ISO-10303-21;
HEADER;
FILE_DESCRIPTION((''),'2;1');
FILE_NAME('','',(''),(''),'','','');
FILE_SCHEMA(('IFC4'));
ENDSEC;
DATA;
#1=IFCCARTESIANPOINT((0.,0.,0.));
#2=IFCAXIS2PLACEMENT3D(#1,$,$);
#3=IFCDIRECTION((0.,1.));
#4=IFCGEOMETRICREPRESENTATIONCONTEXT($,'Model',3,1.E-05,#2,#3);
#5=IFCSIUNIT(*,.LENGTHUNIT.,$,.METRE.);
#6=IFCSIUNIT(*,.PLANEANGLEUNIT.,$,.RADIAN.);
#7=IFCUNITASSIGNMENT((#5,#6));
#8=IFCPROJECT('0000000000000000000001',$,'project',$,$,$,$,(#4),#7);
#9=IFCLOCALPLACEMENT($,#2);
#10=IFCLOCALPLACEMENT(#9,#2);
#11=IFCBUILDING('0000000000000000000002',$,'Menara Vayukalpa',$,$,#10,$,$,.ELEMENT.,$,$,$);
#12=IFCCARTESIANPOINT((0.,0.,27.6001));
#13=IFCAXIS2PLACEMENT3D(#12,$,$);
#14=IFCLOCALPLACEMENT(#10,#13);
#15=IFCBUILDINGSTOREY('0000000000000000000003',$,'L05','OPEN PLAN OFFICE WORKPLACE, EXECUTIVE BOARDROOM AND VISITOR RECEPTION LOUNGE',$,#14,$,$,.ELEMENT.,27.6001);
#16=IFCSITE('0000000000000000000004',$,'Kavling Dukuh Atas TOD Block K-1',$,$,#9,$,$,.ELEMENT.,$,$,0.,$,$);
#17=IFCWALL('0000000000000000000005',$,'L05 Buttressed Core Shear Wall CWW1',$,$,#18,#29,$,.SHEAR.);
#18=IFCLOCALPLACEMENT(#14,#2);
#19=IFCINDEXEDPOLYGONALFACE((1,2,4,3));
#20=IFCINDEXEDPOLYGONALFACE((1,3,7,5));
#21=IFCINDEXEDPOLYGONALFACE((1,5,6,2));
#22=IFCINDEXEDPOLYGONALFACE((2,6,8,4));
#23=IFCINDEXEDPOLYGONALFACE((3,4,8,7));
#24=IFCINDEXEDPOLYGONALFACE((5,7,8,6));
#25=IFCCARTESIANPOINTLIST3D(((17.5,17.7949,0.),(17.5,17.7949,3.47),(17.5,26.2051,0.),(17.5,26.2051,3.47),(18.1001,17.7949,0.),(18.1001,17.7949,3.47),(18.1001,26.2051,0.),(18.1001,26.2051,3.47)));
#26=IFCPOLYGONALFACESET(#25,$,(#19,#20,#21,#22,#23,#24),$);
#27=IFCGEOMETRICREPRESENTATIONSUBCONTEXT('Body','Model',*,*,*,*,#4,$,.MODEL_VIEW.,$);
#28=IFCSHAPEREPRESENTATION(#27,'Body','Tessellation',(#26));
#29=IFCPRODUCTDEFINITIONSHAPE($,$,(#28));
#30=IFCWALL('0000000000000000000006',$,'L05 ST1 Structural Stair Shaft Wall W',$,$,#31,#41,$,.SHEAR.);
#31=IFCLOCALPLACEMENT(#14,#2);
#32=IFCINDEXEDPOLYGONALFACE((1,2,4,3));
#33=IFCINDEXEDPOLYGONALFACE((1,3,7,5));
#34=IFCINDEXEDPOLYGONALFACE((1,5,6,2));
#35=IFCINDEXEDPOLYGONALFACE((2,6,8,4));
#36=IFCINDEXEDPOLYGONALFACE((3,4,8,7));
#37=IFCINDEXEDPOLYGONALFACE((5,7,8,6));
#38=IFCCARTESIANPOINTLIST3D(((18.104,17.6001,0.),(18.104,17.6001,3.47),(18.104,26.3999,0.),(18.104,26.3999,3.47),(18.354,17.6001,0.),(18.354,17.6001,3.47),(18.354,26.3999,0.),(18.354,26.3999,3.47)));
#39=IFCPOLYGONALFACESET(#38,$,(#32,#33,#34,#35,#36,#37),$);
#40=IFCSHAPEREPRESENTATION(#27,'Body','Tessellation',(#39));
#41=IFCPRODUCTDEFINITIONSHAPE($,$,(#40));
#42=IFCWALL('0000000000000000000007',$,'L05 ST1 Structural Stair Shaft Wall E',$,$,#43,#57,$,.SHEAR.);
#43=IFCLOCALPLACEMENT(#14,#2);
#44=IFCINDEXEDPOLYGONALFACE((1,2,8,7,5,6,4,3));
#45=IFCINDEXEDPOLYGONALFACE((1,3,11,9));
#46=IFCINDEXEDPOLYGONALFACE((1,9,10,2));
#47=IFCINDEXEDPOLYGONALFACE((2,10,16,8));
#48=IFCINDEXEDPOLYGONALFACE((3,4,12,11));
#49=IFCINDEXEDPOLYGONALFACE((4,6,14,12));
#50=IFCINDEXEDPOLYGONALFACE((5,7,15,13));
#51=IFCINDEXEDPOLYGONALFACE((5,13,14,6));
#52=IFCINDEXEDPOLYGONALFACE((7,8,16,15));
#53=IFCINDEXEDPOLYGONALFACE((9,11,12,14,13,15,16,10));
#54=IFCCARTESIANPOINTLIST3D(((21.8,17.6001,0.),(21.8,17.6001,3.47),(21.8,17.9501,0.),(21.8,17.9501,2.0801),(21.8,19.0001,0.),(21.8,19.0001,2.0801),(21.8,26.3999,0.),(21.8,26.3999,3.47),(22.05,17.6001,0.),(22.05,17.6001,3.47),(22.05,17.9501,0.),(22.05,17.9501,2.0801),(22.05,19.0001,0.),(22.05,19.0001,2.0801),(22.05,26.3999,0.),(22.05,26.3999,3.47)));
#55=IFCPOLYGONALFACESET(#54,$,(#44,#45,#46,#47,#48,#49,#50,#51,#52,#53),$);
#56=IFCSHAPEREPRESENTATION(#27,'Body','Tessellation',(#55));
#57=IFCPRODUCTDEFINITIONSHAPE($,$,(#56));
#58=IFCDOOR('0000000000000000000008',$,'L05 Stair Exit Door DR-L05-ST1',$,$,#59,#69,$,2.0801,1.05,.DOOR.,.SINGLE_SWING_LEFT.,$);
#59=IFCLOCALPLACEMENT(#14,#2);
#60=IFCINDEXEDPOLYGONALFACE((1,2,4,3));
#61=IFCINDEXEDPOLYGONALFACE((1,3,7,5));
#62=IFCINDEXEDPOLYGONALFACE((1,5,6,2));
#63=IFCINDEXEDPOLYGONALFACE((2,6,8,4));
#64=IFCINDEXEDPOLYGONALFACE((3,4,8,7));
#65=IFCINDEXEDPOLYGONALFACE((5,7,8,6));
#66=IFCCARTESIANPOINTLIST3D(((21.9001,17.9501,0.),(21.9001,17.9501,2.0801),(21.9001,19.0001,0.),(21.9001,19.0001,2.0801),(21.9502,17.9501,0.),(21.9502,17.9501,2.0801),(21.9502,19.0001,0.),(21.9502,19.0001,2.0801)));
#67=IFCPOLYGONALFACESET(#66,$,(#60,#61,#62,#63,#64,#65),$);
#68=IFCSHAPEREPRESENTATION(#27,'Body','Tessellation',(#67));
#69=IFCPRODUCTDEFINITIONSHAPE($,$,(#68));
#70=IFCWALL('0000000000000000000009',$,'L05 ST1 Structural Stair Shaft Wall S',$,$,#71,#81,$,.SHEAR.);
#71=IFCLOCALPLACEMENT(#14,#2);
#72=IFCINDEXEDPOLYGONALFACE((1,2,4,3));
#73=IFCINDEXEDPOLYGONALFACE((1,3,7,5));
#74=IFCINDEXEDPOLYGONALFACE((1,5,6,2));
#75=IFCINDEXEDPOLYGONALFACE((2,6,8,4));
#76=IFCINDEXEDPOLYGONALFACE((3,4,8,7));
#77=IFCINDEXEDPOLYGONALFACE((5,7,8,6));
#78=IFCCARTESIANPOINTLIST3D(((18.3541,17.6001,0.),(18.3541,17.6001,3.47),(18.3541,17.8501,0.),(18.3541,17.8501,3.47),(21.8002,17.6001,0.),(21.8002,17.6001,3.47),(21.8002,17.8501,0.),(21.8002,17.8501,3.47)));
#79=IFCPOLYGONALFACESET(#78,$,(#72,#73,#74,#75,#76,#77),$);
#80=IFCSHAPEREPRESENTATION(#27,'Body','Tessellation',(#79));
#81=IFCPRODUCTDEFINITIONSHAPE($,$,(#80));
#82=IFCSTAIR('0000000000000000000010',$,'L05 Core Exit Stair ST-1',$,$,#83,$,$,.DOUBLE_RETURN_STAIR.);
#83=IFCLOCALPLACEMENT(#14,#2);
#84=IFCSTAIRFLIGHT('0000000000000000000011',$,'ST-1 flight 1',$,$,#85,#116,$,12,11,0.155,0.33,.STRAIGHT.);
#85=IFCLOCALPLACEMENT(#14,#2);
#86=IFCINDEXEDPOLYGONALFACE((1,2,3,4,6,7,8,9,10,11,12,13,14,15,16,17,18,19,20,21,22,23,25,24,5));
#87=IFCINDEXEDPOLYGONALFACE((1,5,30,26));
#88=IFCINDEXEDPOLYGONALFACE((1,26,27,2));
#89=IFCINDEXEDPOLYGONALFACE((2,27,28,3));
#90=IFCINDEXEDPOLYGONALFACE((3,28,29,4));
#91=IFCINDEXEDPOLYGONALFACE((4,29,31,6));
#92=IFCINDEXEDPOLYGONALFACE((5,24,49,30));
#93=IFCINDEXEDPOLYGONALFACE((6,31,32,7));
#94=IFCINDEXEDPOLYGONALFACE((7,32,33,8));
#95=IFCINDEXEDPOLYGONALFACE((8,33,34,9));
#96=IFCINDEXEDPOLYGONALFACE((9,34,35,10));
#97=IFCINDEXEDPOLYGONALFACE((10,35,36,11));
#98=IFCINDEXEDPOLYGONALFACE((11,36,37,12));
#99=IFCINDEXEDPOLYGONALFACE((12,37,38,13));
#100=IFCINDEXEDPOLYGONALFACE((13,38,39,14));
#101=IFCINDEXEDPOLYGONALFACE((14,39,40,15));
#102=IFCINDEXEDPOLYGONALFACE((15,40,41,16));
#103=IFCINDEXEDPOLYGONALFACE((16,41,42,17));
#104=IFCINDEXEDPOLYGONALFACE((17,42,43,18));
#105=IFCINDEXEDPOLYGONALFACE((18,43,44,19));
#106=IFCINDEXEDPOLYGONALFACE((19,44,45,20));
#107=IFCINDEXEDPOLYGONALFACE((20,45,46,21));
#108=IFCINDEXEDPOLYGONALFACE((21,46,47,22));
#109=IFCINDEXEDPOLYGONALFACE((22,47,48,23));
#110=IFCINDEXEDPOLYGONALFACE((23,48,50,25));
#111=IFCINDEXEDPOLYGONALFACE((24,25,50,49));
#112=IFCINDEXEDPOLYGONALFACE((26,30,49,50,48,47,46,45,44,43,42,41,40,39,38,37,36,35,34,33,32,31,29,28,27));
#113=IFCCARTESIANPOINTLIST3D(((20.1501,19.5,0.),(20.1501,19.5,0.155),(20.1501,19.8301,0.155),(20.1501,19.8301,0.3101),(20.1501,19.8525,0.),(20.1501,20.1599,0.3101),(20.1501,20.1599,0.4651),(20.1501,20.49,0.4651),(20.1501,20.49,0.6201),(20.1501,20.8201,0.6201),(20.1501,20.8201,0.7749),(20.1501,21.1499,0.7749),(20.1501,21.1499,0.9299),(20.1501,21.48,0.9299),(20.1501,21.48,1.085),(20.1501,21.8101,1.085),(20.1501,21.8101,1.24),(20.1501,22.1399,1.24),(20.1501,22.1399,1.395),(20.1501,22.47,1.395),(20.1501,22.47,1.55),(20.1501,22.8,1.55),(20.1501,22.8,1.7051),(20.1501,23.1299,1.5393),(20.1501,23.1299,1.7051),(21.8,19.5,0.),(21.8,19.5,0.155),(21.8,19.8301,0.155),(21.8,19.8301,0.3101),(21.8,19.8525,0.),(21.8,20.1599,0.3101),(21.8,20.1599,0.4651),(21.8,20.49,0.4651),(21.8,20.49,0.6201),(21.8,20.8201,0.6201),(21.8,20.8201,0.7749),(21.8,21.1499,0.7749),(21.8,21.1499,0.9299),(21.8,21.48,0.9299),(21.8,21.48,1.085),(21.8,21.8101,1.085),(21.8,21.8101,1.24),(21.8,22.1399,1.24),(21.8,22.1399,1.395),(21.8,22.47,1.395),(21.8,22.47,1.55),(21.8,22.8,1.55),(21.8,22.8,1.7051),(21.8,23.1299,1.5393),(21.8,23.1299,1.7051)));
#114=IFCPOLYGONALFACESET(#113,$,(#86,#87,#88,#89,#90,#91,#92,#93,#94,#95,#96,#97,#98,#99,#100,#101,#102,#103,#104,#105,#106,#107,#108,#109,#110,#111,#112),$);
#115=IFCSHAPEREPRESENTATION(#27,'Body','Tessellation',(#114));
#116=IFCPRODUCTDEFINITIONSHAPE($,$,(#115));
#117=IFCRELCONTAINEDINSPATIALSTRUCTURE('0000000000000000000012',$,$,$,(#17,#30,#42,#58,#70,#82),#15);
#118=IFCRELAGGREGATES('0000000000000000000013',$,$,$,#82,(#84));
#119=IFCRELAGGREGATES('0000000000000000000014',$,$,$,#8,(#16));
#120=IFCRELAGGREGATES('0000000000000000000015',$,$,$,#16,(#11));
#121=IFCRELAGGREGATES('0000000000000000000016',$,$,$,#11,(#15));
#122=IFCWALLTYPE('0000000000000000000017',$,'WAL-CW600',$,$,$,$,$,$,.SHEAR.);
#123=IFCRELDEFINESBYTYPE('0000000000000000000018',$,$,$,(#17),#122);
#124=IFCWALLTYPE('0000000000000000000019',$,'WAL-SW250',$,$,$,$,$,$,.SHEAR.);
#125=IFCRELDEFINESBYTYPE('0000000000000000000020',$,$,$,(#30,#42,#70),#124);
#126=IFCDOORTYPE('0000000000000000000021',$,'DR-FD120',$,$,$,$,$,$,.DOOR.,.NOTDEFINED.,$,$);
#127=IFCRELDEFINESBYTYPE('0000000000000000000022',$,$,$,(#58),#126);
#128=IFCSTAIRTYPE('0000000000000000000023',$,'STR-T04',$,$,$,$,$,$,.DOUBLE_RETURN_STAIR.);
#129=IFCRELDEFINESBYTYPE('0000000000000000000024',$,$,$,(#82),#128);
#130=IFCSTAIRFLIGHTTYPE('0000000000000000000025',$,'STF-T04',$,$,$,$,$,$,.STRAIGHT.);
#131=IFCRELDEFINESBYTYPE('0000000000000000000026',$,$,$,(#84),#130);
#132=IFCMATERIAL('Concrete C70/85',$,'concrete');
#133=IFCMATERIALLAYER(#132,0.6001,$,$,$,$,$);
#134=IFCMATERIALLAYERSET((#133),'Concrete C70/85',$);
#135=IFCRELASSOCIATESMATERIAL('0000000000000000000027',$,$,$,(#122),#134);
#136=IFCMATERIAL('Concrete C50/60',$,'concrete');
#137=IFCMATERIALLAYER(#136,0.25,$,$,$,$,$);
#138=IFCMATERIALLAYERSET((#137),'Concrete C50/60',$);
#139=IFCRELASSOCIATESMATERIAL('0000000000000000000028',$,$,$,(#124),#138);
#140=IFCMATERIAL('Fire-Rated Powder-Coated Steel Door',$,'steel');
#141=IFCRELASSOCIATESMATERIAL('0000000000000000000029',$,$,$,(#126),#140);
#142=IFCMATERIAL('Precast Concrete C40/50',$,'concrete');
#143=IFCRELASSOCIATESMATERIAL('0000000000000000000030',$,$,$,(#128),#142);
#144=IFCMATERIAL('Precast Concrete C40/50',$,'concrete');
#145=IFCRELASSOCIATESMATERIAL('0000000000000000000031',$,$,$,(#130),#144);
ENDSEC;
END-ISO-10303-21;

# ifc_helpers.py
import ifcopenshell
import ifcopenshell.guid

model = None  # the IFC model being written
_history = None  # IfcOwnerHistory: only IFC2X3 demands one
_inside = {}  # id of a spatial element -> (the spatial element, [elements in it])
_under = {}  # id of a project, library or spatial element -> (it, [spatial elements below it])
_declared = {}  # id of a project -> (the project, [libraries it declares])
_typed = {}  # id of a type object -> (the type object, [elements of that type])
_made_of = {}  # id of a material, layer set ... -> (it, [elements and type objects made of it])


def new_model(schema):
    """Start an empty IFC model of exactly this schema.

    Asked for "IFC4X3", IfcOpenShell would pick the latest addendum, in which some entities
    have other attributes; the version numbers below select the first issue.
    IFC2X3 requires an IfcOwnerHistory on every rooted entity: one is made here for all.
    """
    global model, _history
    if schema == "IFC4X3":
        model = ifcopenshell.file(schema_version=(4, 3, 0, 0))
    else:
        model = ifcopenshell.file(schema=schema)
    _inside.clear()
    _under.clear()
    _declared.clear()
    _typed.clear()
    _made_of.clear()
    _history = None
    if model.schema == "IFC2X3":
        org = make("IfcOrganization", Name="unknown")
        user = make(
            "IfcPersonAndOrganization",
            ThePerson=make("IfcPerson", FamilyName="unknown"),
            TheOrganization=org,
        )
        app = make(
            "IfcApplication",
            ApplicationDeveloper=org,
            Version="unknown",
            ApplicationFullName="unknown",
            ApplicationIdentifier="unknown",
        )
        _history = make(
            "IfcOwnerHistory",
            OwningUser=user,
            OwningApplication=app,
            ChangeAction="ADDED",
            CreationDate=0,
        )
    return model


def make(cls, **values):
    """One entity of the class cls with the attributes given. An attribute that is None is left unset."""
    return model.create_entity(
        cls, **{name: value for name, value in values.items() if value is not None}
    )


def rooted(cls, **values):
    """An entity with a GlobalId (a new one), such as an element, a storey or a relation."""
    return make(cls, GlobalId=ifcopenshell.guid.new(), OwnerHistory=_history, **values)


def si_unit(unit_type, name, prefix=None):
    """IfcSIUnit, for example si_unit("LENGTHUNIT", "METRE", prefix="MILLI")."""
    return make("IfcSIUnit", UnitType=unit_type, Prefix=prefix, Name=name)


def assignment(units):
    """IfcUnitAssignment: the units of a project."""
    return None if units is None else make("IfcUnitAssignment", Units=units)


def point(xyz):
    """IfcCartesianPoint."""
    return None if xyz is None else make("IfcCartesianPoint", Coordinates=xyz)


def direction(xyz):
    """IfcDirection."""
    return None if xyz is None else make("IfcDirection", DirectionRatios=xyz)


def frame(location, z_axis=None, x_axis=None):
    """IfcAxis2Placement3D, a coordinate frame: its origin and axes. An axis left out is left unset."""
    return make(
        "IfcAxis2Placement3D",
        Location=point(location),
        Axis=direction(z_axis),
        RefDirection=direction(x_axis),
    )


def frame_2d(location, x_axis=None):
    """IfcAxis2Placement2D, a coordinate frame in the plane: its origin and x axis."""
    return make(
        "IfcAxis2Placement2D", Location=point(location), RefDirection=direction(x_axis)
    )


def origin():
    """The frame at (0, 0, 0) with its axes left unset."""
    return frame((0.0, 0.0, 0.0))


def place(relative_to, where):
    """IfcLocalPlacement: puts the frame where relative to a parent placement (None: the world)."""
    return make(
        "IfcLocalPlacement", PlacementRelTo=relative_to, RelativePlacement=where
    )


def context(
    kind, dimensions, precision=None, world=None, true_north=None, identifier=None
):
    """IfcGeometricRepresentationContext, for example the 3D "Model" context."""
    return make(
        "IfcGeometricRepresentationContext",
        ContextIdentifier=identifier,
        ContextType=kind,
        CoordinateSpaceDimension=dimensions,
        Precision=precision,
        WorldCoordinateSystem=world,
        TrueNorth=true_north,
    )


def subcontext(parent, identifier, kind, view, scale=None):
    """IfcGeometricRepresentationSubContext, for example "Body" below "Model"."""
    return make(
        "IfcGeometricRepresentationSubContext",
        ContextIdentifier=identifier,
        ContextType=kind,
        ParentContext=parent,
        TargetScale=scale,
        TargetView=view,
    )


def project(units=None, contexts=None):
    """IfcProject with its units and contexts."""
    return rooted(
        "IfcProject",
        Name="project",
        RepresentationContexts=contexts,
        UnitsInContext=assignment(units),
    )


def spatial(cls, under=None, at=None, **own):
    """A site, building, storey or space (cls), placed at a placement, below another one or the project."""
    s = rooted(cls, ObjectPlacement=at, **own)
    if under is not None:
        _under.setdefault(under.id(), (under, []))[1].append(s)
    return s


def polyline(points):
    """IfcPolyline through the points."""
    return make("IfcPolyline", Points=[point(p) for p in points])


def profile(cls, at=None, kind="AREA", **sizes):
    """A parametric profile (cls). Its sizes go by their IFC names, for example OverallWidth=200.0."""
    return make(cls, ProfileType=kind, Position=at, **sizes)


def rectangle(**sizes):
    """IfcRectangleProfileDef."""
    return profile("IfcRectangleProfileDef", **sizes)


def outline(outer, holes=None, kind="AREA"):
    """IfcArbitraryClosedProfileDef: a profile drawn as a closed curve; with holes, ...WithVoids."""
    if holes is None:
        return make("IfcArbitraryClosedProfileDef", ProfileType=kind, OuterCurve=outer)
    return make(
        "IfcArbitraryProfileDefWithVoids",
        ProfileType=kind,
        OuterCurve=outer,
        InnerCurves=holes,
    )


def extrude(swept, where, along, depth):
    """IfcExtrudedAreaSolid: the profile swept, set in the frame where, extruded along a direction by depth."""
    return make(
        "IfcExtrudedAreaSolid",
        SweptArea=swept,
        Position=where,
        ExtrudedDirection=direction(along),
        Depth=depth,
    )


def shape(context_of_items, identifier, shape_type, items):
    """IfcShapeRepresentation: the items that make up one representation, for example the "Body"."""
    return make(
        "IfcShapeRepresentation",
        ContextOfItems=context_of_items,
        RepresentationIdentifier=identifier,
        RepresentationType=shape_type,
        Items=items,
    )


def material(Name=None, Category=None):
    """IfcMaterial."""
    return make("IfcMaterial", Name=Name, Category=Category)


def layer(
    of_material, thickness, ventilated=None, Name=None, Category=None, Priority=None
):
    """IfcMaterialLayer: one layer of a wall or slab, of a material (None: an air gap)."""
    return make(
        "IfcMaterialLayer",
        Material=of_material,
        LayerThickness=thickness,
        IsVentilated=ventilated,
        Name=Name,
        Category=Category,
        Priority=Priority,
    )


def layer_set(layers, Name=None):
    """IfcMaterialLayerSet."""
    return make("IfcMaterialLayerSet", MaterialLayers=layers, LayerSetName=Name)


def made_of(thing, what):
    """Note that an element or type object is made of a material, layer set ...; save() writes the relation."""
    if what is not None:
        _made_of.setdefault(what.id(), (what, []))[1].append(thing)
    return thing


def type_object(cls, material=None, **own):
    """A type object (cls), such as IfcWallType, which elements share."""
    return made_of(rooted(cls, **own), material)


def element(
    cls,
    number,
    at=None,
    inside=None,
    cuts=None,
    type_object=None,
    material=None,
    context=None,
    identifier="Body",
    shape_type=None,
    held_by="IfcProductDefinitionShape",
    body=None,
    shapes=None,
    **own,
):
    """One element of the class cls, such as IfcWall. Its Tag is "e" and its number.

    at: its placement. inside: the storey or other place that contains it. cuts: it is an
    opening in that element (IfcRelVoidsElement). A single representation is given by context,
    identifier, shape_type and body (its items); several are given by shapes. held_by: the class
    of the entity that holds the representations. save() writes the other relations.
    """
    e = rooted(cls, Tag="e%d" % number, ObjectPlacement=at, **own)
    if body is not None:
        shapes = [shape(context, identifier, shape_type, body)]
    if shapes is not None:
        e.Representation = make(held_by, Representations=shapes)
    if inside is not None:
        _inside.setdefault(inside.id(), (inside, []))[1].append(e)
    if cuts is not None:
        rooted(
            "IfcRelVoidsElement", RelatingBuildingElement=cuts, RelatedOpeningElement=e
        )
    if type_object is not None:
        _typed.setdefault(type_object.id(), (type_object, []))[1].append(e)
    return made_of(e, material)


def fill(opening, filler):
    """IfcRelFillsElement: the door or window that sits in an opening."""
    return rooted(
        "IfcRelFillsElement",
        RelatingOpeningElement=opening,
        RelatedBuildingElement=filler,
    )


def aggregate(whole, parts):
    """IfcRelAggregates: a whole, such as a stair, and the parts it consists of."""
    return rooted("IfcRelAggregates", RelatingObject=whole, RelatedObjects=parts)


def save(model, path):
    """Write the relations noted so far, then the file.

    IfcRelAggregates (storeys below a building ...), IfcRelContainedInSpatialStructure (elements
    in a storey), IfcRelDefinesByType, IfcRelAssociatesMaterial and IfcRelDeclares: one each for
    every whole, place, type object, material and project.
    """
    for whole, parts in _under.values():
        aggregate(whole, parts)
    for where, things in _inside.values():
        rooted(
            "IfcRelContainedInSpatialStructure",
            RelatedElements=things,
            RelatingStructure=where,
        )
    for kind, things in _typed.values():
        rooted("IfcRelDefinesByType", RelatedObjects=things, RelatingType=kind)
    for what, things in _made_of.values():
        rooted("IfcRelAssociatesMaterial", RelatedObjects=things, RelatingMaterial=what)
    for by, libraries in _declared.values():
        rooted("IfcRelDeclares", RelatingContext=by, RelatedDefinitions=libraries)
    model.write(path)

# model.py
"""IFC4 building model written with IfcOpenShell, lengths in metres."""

from ifc_helpers import new_model, si_unit, direction, frame, frame_2d, origin, place, context, subcontext, project, spatial, polyline, rectangle, outline, extrude, material, layer, layer_set, type_object, element, fill, aggregate, save


model = new_model("IFC4")

# Units and contexts
model_context = context("Model", 3, precision=1e-05, world=origin(), true_north=direction((0.0, 1.0)))
body_context = subcontext(model_context, "Body", "Model", "MODEL_VIEW")
ifc_project = project(units=[si_unit("LENGTHUNIT", "METRE"), si_unit("PLANEANGLEUNIT", "RADIAN")], contexts=[model_context])

# Site, building, storey
site_placement = place(None, origin())
site = spatial("IfcSite", under=ifc_project, at=site_placement, Name="Kavling Dukuh Atas TOD Block K-1", CompositionType="ELEMENT", RefElevation=0.0)
building_placement = place(site_placement, origin())
building = spatial("IfcBuilding", under=site, at=building_placement, Name="Menara Vayukalpa", CompositionType="ELEMENT")
storey_placement = place(building_placement, frame((0.0, 0.0, 27.6001)))
storey = spatial("IfcBuildingStorey", under=building, at=storey_placement, Name="L05", Description="OPEN PLAN OFFICE WORKPLACE, EXECUTIVE BOARDROOM AND VISITOR RECEPTION LOUNGE", CompositionType="ELEMENT", Elevation=27.6001)

# Walls
ifc_material_1 = material(Name="Concrete C70/85", Category="concrete")
ifc_layer_1 = layer(ifc_material_1, 0.6001)
ifc_layer_set_1 = layer_set([ifc_layer_1], Name="Concrete C70/85")
wall_type_1 = type_object("IfcWallType", Name="WAL-CW600", PredefinedType="SHEAR", material=ifc_layer_set_1)
wall_1_placement = place(storey_placement, frame((17.8, 17.7949, 0.0), z_axis=(0.0, 0.0, 1.0), x_axis=(0.0, 1.0, 0.0)))
element("IfcWall", 1, at=wall_1_placement, inside=storey, type_object=wall_type_1, Name="L05 Buttressed Core Shear Wall CWW1", PredefinedType="SHEAR", context=body_context, shape_type="SweptSolid", body=[
    extrude(rectangle(XDim=8.4102, YDim=0.6001, at=frame_2d((4.2051, 0.0))), origin(), (0.0, 0.0, 1.0), 3.47),
])
ifc_material_2 = material(Name="Concrete C50/60", Category="concrete")
ifc_layer_2 = layer(ifc_material_2, 0.25)
ifc_layer_set_2 = layer_set([ifc_layer_2], Name="Concrete C50/60")
wall_type_2 = type_object("IfcWallType", Name="WAL-SW250", PredefinedType="SHEAR", material=ifc_layer_set_2)
wall_2_placement = place(storey_placement, frame((18.229, 17.6001, 0.0), z_axis=(0.0, 0.0, 1.0), x_axis=(0.0, 1.0, 0.0)))
element("IfcWall", 2, at=wall_2_placement, inside=storey, type_object=wall_type_2, Name="L05 ST1 Structural Stair Shaft Wall W", PredefinedType="SHEAR", context=body_context, shape_type="SweptSolid", body=[
    extrude(rectangle(XDim=8.7998, YDim=0.25, at=frame_2d((4.3999, 0.0))), origin(), (0.0, 0.0, 1.0), 3.47),
])

# Wall, opening, door
wall_3_placement = place(storey_placement, frame((21.925, 17.6001, 0.0), z_axis=(0.0, 0.0, 1.0), x_axis=(0.0, 1.0, 0.0)))
wall_3 = element("IfcWall", 3, at=wall_3_placement, inside=storey, type_object=wall_type_2, Name="L05 ST1 Structural Stair Shaft Wall E", PredefinedType="SHEAR", context=body_context, shape_type="SweptSolid", body=[
    extrude(rectangle(XDim=8.7998, YDim=0.25, at=frame_2d((4.3999, 0.0))), origin(), (0.0, 0.0, 1.0), 3.47),
])
opening_placement = place(wall_3_placement, frame((0.3501, 0.0, 0.0)))
opening = element("IfcOpeningElement", 4, at=opening_placement, cuts=wall_3, PredefinedType="OPENING", context=body_context, shape_type="SweptSolid", body=[
    extrude(rectangle(XDim=1.05, YDim=2.0801, at=frame_2d((0.5249, 1.04))), frame((0.0, 0.135, 0.0), z_axis=(0.0, -1.0, 0.0), x_axis=(1.0, 0.0, 0.0)), (0.0, 0.0, 1.0), 0.27),
])
ifc_material_3 = material(Name="Fire-Rated Powder-Coated Steel Door", Category="steel")
door_type = type_object("IfcDoorType", Name="DR-FD120", OperationType="NOTDEFINED", PredefinedType="DOOR", material=ifc_material_3)
door_placement = place(opening_placement, origin())
door = element("IfcDoor", 5, at=door_placement, inside=storey, type_object=door_type, Name="L05 Stair Exit Door DR-L05-ST1", OperationType="SINGLE_SWING_LEFT", OverallHeight=2.0801, OverallWidth=1.05, PredefinedType="DOOR", context=body_context, shape_type="SweptSolid", body=[
    extrude(rectangle(XDim=1.05, YDim=2.0801, at=frame_2d((0.5249, 1.04))), frame((0.0, 0.0249, 0.0), z_axis=(0.0, -1.0, 0.0), x_axis=(1.0, 0.0, 0.0)), (0.0, 0.0, 1.0), 0.05),
])
fill(opening, door)

# Wall
wall_4_placement = place(storey_placement, frame((18.354, 17.7251, 0.0), z_axis=(0.0, 0.0, 1.0), x_axis=(1.0, 0.0, 0.0)))
element("IfcWall", 6, at=wall_4_placement, inside=storey, type_object=wall_type_2, Name="L05 ST1 Structural Stair Shaft Wall S", PredefinedType="SHEAR", context=body_context, shape_type="SweptSolid", body=[
    extrude(rectangle(XDim=3.446, YDim=0.25, at=frame_2d((1.7231, 0.0))), origin(), (0.0, 0.0, 1.0), 3.47),
])

# Stair, stair flight
ifc_material_4 = material(Name="Precast Concrete C40/50", Category="concrete")
stair_type = type_object("IfcStairType", Name="STR-T04", PredefinedType="DOUBLE_RETURN_STAIR", material=ifc_material_4)
stair_placement = place(storey_placement, origin())
stair = element("IfcStair", 7, at=stair_placement, inside=storey, type_object=stair_type, Name="L05 Core Exit Stair ST-1", PredefinedType="DOUBLE_RETURN_STAIR")
ifc_material_5 = material(Name="Precast Concrete C40/50", Category="concrete")
stair_flight_type = type_object("IfcStairFlightType", Name="STF-T04", PredefinedType="STRAIGHT", material=ifc_material_5)
stair_flight_placement = place(storey_placement, frame((20.9751, 19.5, 0.0), z_axis=(0.0, 0.0, 1.0), x_axis=(0.0, 1.0, 0.0)))
stair_flight = element("IfcStairFlight", 8, at=stair_flight_placement, type_object=stair_flight_type, Name="ST-1 flight 1", NumberOfRisers=12, NumberOfTreads=11, PredefinedType="STRAIGHT", RiserHeight=0.155, TreadLength=0.33, context=body_context, shape_type="SweptSolid", body=[
    extrude(outline(polyline([(0.0, 0.0), (0.0, 0.155), (0.3301, 0.155), (0.3301, 0.3101), (0.6599, 0.3101), (0.6599, 0.4651), (0.99, 0.4651), (0.99, 0.6201), (1.3201, 0.6201), (1.3201, 0.7749), (1.6499, 0.7749), (1.6499, 0.9299), (1.98, 0.9299), (1.98, 1.085), (2.3101, 1.085), (2.3101, 1.24), (2.6399, 1.24), (2.6399, 1.395), (2.97, 1.395), (2.97, 1.55), (3.3, 1.55), (3.3, 1.7051), (3.6299, 1.7051), (3.6299, 1.8601), (3.6299, 1.5393), (0.3525, 0.0), (0.0, 0.0)])), frame((0.0, 0.825, 0.0), z_axis=(0.0, -1.0, 0.0), x_axis=(1.0, 0.0, 0.0)), (0.0, 0.0, 1.0), 1.6499),
])
aggregate(stair, [stair_flight])

save(model, "model.ifc")
